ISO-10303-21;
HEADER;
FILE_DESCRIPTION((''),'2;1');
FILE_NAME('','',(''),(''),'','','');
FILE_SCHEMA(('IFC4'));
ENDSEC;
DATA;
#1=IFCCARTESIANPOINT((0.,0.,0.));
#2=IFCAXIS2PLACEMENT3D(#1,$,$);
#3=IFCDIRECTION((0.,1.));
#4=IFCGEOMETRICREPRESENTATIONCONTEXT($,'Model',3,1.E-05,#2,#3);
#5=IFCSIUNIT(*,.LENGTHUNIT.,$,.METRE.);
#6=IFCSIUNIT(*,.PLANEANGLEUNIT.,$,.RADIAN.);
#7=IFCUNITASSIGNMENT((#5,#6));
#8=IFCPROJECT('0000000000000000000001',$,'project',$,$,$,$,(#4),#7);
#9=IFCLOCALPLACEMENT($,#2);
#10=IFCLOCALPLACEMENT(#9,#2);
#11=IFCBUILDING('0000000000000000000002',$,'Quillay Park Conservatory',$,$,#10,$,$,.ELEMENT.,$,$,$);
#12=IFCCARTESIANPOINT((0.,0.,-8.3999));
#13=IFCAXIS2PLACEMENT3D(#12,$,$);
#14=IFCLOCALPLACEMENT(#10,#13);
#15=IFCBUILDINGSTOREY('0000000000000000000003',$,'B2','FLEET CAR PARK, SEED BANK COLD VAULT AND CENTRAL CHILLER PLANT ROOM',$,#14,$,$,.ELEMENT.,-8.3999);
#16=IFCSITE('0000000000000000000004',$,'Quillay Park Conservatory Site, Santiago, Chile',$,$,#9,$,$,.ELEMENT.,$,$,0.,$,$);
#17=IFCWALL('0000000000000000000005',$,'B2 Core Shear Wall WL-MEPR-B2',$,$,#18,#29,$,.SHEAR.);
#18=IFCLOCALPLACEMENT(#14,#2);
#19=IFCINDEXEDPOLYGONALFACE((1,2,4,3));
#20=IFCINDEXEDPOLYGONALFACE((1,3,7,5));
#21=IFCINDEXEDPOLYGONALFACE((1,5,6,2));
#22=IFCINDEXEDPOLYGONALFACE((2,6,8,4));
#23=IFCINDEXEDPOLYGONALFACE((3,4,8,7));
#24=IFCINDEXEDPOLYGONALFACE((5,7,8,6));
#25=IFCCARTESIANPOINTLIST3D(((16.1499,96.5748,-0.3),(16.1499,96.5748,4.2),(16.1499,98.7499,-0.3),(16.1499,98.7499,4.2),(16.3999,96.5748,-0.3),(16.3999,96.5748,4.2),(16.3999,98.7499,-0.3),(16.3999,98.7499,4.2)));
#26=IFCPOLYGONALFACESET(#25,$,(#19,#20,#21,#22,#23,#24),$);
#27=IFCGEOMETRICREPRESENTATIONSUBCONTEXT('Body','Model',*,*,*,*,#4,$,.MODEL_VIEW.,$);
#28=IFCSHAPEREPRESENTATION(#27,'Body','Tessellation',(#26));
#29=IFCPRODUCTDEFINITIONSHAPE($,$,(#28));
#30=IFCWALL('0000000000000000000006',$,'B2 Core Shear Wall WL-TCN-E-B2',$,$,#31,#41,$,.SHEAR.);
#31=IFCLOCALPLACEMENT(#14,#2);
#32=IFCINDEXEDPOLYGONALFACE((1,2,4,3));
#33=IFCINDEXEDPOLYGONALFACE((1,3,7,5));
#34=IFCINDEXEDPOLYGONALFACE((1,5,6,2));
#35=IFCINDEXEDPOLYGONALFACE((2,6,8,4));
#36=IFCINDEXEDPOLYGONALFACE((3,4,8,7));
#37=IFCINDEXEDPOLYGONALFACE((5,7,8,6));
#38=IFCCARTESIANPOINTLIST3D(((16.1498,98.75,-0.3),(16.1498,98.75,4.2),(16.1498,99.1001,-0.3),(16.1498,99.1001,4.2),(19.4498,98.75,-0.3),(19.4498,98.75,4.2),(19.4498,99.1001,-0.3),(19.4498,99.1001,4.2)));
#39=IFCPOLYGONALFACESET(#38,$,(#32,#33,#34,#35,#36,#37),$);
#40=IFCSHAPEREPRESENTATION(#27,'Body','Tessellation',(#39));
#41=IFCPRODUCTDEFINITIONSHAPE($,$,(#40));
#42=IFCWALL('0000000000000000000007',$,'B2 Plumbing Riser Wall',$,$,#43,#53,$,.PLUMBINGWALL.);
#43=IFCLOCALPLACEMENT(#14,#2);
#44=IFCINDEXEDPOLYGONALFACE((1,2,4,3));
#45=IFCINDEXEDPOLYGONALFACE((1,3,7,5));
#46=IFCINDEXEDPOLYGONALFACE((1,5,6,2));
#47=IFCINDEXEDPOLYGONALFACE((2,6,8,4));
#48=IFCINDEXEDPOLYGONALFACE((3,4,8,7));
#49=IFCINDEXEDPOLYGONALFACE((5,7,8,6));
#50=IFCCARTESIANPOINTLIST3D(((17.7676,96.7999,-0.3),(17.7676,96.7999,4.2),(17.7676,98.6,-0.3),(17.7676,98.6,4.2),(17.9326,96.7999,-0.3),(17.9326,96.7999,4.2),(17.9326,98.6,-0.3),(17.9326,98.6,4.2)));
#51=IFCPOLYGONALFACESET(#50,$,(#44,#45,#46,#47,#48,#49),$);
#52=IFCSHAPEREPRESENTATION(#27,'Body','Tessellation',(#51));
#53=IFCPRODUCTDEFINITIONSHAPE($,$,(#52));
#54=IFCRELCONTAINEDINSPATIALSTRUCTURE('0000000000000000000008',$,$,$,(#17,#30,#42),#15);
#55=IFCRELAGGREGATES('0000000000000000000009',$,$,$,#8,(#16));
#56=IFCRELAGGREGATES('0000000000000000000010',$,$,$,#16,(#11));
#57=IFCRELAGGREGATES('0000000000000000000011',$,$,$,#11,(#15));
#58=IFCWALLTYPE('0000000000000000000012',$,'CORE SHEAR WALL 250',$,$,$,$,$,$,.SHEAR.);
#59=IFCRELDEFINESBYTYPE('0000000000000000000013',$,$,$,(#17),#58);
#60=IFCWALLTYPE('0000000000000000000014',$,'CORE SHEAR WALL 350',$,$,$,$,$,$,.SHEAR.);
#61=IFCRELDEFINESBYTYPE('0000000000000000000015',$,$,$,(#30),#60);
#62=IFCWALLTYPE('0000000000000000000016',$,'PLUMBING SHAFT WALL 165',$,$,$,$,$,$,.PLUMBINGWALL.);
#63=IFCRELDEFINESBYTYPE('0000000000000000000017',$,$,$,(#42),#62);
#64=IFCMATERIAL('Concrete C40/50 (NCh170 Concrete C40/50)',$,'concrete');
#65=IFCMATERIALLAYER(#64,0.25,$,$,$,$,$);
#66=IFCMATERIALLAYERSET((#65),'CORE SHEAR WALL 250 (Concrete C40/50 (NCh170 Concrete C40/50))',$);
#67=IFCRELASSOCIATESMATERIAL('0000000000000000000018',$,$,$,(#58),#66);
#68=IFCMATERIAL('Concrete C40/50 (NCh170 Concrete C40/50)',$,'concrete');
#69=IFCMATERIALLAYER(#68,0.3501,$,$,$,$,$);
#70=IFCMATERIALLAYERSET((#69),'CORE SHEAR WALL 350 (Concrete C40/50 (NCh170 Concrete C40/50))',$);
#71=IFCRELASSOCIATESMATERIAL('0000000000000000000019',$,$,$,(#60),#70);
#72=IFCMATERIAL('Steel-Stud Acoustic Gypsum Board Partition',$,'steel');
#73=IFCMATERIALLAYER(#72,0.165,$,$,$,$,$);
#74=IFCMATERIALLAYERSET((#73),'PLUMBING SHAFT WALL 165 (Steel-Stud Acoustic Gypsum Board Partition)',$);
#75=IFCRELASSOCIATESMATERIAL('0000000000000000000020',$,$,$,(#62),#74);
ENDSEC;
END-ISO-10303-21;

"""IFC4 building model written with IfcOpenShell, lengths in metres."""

from ifc_helpers import new_model, si_unit, direction, frame, frame_2d, origin, place, context, subcontext, project, spatial, rectangle, extrude, material, layer, layer_set, type_object, element, save


model = new_model("IFC4")

# Units and contexts
model_context = context("Model", 3, precision=1e-05, world=origin(), true_north=direction((0.0, 1.0)))
body_context = subcontext(model_context, "Body", "Model", "MODEL_VIEW")
ifc_project = project(units=[si_unit("LENGTHUNIT", "METRE"), si_unit("PLANEANGLEUNIT", "RADIAN")], contexts=[model_context])

# Site, building, storey
site_placement = place(None, origin())
site = spatial("IfcSite", under=ifc_project, at=site_placement, Name="Quillay Park Conservatory Site, Santiago, Chile", CompositionType="ELEMENT", RefElevation=0.0)
building_placement = place(site_placement, origin())
building = spatial("IfcBuilding", under=site, at=building_placement, Name="Quillay Park Conservatory", CompositionType="ELEMENT")
storey_placement = place(building_placement, frame((0.0, 0.0, -8.3999)))
storey = spatial("IfcBuildingStorey", under=building, at=storey_placement, Name="B2", Description="FLEET CAR PARK, SEED BANK COLD VAULT AND CENTRAL CHILLER PLANT ROOM", CompositionType="ELEMENT", Elevation=-8.3999)

# Walls
ifc_material_1 = material(Name="Concrete C40/50 (NCh170 Concrete C40/50)", Category="concrete")
ifc_layer_1 = layer(ifc_material_1, 0.25)
ifc_layer_set_1 = layer_set([ifc_layer_1], Name="CORE SHEAR WALL 250 (Concrete C40/50 (NCh170 Concrete C40/50))")
wall_type_1 = type_object("IfcWallType", Name="CORE SHEAR WALL 250", PredefinedType="SHEAR", material=ifc_layer_set_1)
wall_1_placement = place(storey_placement, frame((16.2749, 96.575, -0.3), z_axis=(0.0, 0.0, 1.0), x_axis=(0.0, 1.0, 0.0)))
element("IfcWall", 1, at=wall_1_placement, inside=storey, type_object=wall_type_1, Name="B2 Core Shear Wall WL-MEPR-B2", PredefinedType="SHEAR", context=body_context, shape_type="SweptSolid", body=[
    extrude(rectangle(XDim=2.175, YDim=0.25, at=frame_2d((1.0874, 0.0))), origin(), (0.0, 0.0, 1.0), 4.5),
])
ifc_material_2 = material(Name="Concrete C40/50 (NCh170 Concrete C40/50)", Category="concrete")
ifc_layer_2 = layer(ifc_material_2, 0.3501)
ifc_layer_set_2 = layer_set([ifc_layer_2], Name="CORE SHEAR WALL 350 (Concrete C40/50 (NCh170 Concrete C40/50))")
wall_type_2 = type_object("IfcWallType", Name="CORE SHEAR WALL 350", PredefinedType="SHEAR", material=ifc_layer_set_2)
wall_2_placement = place(storey_placement, frame((16.1499, 98.925, -0.3), z_axis=(0.0, 0.0, 1.0), x_axis=(1.0, 0.0, 0.0)))
element("IfcWall", 2, at=wall_2_placement, inside=storey, type_object=wall_type_2, Name="B2 Core Shear Wall WL-TCN-E-B2", PredefinedType="SHEAR", context=body_context, shape_type="SweptSolid", body=[
    extrude(rectangle(XDim=3.3, YDim=0.3501, at=frame_2d((1.6499, 0.0))), origin(), (0.0, 0.0, 1.0), 4.5),
])
ifc_material_3 = material(Name="Steel-Stud Acoustic Gypsum Board Partition", Category="steel")
ifc_layer_3 = layer(ifc_material_3, 0.165)
ifc_layer_set_3 = layer_set([ifc_layer_3], Name="PLUMBING SHAFT WALL 165 (Steel-Stud Acoustic Gypsum Board Partition)")
wall_type_3 = type_object("IfcWallType", Name="PLUMBING SHAFT WALL 165", PredefinedType="PLUMBINGWALL", material=ifc_layer_set_3)
wall_3_placement = place(storey_placement, frame((17.8501, 96.8, -0.3), z_axis=(0.0, 0.0, 1.0), x_axis=(0.0, 1.0, 0.0)))
element("IfcWall", 3, at=wall_3_placement, inside=storey, type_object=wall_type_3, Name="B2 Plumbing Riser Wall", PredefinedType="PLUMBINGWALL", context=body_context, shape_type="SweptSolid", body=[
    extrude(rectangle(XDim=1.8, YDim=0.165, at=frame_2d((0.8999, 0.0))), origin(), (0.0, 0.0, 1.0), 4.5),
])

save(model, "model.ifc")
